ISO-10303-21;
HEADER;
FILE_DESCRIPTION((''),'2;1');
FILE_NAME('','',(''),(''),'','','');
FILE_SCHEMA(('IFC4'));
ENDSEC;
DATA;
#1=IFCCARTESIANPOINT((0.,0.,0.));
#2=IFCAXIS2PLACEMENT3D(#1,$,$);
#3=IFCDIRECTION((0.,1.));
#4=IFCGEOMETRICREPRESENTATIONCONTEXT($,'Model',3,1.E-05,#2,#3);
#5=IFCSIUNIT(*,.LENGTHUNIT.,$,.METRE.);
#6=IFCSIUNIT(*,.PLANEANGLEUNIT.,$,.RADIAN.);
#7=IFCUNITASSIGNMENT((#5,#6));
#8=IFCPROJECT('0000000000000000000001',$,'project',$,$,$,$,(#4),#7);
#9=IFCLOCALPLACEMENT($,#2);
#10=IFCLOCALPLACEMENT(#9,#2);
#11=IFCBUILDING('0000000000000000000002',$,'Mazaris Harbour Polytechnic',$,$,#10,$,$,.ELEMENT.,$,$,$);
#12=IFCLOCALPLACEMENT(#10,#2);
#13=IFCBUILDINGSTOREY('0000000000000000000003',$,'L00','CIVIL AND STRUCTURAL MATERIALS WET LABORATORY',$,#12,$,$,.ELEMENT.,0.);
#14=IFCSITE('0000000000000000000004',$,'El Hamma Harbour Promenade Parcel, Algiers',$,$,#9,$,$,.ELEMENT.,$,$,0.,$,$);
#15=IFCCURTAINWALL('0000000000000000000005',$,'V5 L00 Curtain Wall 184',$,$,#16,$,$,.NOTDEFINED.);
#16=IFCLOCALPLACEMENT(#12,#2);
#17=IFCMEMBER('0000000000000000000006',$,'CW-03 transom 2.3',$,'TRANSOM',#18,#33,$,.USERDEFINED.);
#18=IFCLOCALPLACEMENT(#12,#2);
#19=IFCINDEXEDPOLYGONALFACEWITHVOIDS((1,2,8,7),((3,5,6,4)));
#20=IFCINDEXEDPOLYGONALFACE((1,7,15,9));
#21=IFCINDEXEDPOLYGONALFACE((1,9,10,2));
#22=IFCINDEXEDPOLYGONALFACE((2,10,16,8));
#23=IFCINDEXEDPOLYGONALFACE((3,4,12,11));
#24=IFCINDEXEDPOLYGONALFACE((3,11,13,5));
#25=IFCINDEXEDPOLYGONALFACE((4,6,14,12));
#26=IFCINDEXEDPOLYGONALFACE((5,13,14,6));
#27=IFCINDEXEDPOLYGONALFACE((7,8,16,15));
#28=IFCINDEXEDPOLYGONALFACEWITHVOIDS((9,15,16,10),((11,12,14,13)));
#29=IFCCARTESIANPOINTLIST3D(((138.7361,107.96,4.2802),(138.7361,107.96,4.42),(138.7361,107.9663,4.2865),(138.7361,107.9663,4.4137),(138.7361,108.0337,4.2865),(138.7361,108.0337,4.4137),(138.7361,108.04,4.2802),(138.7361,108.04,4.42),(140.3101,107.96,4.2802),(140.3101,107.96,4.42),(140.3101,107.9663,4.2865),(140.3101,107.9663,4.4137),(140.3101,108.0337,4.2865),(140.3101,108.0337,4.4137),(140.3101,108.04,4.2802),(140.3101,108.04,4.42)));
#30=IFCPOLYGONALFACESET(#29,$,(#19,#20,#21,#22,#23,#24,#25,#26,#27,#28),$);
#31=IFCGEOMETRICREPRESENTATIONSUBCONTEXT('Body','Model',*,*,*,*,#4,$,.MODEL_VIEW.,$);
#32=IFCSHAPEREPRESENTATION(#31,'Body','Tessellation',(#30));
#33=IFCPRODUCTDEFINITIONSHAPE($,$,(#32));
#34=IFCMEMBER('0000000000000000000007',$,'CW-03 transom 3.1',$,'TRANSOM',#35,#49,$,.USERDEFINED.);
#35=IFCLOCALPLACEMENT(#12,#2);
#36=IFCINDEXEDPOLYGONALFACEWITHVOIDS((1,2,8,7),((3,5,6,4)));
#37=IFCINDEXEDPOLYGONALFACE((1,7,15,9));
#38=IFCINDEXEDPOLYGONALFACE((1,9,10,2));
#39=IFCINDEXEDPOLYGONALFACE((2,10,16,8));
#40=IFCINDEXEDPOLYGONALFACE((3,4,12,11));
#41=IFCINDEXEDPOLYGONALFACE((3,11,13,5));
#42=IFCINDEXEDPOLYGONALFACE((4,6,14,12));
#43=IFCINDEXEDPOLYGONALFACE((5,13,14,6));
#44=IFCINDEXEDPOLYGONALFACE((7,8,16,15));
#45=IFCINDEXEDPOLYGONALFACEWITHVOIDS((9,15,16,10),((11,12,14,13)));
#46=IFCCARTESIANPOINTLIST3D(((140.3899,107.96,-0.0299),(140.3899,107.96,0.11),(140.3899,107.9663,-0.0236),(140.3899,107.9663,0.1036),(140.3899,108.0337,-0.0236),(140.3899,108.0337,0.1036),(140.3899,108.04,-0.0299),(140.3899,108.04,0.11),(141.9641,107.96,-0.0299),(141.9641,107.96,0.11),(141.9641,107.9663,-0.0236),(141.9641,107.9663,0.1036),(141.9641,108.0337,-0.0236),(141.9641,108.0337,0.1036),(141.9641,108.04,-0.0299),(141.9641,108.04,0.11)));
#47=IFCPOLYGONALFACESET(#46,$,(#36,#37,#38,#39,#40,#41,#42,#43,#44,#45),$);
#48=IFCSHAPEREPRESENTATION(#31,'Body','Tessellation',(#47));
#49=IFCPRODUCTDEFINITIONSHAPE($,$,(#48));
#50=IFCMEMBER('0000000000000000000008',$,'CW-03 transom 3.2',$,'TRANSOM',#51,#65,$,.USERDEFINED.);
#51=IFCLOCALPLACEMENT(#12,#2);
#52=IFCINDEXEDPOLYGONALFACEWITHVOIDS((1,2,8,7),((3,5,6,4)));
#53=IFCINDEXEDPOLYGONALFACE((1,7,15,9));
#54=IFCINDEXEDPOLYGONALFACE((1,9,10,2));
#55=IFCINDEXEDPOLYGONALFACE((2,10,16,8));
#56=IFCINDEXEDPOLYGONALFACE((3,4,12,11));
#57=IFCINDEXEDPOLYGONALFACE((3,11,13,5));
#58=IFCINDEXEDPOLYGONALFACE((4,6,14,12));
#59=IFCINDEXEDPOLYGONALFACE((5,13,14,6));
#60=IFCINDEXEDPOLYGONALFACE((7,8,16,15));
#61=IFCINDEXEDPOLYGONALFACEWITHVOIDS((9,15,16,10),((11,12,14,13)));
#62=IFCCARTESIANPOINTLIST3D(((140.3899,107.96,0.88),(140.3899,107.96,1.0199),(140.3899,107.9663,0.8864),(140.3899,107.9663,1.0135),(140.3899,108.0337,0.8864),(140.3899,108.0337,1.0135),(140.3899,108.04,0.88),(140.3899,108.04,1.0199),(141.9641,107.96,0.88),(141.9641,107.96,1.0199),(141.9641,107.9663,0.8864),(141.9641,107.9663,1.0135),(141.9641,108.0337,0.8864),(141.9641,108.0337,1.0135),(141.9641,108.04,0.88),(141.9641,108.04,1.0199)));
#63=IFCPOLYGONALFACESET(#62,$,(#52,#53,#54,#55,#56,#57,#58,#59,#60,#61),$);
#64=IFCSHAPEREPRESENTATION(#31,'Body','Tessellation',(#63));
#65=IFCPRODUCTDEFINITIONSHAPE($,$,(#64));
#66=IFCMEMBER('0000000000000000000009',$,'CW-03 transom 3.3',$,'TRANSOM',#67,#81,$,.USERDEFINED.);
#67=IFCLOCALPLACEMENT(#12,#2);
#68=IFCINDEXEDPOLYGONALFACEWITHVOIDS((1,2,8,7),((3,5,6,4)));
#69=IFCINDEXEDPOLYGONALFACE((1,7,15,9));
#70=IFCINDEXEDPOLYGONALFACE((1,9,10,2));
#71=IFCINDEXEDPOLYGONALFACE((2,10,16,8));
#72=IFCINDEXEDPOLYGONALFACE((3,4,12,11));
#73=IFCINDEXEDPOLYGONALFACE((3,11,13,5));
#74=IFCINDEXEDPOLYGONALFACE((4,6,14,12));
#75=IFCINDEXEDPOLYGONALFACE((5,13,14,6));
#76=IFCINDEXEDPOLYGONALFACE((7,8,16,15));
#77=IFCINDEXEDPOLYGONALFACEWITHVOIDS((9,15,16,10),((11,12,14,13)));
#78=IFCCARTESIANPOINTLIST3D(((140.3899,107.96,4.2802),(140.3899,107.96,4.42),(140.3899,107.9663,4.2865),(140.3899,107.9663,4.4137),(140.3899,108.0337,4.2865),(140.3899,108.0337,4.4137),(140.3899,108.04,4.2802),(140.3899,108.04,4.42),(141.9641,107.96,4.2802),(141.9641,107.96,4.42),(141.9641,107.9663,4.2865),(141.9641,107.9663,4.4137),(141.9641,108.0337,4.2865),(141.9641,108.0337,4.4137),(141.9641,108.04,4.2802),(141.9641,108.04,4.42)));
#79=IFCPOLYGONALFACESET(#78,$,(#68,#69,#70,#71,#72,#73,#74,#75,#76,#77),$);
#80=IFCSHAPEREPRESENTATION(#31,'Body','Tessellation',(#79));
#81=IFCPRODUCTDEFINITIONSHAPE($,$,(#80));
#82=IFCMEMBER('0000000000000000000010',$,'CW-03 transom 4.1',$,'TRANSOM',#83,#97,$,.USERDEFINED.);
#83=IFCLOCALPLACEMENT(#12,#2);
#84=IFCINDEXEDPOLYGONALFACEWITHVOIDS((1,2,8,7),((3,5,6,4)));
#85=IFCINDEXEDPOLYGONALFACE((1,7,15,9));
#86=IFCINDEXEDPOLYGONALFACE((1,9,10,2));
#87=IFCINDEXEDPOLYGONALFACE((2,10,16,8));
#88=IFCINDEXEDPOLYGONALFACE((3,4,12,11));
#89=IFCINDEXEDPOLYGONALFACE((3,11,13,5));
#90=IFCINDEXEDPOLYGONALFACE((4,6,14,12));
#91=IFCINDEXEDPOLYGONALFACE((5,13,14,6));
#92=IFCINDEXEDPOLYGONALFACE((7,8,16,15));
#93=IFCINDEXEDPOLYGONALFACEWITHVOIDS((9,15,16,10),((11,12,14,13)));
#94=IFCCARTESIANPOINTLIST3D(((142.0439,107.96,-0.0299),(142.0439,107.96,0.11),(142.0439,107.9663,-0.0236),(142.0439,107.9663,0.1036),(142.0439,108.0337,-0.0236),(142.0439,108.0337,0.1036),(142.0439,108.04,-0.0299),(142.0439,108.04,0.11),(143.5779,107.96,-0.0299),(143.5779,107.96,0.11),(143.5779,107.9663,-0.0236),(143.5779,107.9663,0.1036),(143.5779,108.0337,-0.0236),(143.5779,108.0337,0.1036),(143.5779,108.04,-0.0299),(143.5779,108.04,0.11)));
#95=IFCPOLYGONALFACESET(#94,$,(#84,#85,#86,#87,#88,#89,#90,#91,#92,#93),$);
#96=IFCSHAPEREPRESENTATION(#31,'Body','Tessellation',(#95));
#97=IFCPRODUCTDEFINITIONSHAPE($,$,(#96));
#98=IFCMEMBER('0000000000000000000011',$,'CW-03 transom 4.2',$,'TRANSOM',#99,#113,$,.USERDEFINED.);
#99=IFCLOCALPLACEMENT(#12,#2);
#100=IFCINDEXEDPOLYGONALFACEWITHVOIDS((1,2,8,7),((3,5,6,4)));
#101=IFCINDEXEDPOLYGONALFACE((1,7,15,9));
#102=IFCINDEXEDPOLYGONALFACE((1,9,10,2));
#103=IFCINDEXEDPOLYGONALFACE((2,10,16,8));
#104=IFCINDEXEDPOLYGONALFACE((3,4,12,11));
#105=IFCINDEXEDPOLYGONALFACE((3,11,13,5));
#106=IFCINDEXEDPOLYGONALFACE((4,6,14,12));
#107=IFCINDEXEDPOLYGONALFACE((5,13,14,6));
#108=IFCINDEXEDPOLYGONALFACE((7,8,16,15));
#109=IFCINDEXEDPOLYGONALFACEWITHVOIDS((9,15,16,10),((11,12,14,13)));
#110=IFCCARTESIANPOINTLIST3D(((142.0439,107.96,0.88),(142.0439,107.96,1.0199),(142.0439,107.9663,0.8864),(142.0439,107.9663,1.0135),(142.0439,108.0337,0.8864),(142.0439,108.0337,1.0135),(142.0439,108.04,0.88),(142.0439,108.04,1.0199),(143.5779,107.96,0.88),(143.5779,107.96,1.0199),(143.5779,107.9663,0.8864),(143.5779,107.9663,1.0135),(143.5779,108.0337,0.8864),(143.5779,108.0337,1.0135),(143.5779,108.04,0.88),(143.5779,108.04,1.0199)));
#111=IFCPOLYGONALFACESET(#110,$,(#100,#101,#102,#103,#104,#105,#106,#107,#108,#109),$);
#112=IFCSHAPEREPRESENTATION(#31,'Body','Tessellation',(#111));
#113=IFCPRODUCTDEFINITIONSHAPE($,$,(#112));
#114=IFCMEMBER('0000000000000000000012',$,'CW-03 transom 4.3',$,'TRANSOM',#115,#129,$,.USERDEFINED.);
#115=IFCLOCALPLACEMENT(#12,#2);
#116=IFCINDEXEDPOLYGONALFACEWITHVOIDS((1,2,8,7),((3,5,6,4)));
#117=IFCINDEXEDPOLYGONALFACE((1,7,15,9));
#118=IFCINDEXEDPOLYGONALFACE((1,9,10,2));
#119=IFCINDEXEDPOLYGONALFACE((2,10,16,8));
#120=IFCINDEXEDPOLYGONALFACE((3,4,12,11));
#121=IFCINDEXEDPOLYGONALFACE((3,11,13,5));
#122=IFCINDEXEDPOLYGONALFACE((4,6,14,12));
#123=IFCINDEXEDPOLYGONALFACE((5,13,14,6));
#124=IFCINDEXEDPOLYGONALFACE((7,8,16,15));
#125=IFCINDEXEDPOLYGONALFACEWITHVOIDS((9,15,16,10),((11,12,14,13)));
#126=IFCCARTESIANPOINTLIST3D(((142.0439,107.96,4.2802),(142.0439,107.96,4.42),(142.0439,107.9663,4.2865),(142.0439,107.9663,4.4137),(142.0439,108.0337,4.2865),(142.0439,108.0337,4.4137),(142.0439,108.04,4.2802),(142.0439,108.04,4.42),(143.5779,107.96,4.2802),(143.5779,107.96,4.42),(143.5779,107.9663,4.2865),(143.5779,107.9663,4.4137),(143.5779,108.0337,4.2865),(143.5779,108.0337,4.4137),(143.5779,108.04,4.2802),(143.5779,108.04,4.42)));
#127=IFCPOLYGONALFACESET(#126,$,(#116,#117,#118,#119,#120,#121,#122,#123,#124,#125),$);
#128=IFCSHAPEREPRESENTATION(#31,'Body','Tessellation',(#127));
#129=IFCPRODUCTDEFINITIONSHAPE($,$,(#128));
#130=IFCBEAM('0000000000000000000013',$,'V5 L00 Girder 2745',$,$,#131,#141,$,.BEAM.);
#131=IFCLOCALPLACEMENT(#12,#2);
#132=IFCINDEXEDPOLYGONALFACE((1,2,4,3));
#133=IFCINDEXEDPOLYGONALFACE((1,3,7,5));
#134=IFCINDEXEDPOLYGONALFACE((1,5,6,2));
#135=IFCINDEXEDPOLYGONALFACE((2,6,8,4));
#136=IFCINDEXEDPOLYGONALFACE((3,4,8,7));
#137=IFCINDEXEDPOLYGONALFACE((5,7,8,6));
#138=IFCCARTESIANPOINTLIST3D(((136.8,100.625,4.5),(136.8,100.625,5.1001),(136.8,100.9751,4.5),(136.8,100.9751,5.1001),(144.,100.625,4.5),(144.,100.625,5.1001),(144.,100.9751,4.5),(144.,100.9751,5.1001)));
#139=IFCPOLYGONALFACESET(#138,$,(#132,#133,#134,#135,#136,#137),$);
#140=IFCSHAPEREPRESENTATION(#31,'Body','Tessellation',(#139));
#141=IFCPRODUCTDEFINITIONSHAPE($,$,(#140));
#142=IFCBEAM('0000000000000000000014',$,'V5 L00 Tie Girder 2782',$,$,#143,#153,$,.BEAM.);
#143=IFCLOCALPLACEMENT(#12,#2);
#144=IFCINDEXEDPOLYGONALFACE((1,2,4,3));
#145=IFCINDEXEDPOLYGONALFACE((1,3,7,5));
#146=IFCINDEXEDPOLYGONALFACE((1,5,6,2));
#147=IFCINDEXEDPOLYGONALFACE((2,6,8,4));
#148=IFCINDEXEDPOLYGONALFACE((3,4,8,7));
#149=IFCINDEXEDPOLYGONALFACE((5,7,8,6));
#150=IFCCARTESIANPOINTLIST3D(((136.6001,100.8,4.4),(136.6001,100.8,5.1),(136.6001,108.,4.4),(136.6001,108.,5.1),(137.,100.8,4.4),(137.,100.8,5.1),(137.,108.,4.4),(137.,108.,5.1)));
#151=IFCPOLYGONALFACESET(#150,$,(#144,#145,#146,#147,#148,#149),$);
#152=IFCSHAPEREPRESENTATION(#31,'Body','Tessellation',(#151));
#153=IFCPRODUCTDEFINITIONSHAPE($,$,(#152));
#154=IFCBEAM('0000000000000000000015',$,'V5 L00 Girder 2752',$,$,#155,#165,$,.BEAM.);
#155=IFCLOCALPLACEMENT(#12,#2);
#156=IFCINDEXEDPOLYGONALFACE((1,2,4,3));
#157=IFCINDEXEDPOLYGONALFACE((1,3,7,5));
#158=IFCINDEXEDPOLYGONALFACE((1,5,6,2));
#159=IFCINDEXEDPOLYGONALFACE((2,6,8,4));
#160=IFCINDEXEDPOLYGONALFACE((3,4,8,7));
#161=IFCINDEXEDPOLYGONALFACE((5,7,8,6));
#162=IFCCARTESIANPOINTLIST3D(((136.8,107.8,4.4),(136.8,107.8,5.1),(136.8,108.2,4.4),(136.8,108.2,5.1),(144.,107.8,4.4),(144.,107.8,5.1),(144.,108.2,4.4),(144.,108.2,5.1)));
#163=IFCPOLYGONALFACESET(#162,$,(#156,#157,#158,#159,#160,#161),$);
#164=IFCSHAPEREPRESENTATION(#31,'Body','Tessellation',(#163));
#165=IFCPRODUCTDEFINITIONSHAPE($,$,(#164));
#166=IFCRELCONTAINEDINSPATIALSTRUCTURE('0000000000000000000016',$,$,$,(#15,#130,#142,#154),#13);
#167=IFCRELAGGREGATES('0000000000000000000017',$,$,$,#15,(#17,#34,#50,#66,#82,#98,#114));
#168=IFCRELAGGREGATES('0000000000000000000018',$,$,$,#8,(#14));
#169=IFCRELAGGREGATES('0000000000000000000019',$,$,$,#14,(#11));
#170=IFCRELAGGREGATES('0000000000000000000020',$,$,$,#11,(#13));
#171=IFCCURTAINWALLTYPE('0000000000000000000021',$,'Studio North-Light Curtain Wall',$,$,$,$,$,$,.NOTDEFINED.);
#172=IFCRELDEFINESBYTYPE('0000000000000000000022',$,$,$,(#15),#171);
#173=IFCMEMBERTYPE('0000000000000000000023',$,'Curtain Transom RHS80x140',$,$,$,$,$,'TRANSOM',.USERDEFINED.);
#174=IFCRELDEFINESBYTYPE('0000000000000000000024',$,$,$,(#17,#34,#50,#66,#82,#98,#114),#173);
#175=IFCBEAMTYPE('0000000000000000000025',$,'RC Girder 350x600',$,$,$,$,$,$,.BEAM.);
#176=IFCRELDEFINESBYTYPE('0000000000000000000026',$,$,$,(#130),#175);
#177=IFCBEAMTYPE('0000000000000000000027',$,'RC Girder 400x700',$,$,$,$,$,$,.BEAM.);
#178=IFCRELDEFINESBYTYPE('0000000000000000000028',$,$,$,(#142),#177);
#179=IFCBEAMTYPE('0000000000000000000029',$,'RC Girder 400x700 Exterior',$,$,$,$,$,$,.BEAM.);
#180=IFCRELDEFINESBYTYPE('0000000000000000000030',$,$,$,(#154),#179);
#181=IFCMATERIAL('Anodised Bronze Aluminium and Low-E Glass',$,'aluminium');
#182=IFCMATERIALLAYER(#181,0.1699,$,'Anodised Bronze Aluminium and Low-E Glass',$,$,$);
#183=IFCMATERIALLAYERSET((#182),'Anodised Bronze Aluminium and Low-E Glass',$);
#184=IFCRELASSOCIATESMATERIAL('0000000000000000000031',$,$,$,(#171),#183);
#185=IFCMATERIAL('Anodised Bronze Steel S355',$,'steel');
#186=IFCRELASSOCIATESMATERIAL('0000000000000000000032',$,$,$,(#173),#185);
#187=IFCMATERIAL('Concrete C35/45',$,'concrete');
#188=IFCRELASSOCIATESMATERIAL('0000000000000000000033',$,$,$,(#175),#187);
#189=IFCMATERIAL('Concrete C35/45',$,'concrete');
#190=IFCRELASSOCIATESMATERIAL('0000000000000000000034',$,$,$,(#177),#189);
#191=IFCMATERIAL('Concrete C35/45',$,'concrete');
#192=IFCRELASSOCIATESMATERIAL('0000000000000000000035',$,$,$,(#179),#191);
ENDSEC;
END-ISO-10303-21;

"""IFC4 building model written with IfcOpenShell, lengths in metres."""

from ifc_helpers import new_model, si_unit, direction, frame, origin, origin_2d, place, context, subcontext, project, spatial, rectangle, hollow_rectangle, extrude, material, layer, layer_set, material_profile, profile_set, type_object, element, aggregate, save


model = new_model("IFC4")

# Units and contexts
model_context = context("Model", 3, precision=1e-05, world=origin(), true_north=direction((0.0, 1.0)))
body_context = subcontext(model_context, "Body", "Model", "MODEL_VIEW")
ifc_project = project(units=[si_unit("LENGTHUNIT", "METRE"), si_unit("PLANEANGLEUNIT", "RADIAN")], contexts=[model_context])

# Site, building, storey
site_placement = place(None, origin())
site = spatial("IfcSite", under=ifc_project, at=site_placement, Name="El Hamma Harbour Promenade Parcel, Algiers", CompositionType="ELEMENT", RefElevation=0.0)
building_placement = place(site_placement, origin())
building = spatial("IfcBuilding", under=site, at=building_placement, Name="Mazaris Harbour Polytechnic", CompositionType="ELEMENT")
storey_placement = place(building_placement, origin())
storey = spatial("IfcBuildingStorey", under=building, at=storey_placement, Name="L00", Description="CIVIL AND STRUCTURAL MATERIALS WET LABORATORY", CompositionType="ELEMENT", Elevation=0.0)

# Curtain wall, members
ifc_material_1 = material(Name="Anodised Bronze Aluminium and Low-E Glass", Category="aluminium")
ifc_layer_1 = layer(ifc_material_1, 0.1699, Name="Anodised Bronze Aluminium and Low-E Glass")
ifc_layer_set_1 = layer_set([ifc_layer_1], Name="Anodised Bronze Aluminium and Low-E Glass")
curtain_wall_type = type_object("IfcCurtainWallType", Name="Studio North-Light Curtain Wall", PredefinedType="NOTDEFINED", material=ifc_layer_set_1)
curtain_wall_placement = place(storey_placement, origin())
curtain_wall = element("IfcCurtainWall", 1, at=curtain_wall_placement, inside=storey, type_object=curtain_wall_type, Name="V5 L00 Curtain Wall 184", PredefinedType="NOTDEFINED")
ifc_material_2 = material(Name="Anodised Bronze Steel S355", Category="steel")
ifc_material_profile_1 = material_profile(ifc_material_2, hollow_rectangle(XDim=0.0801, YDim=0.1399, WallThickness=0.0063, at=origin_2d()), Name="RHS 80x140x6.3")
ifc_profile_set_1 = profile_set([ifc_material_profile_1], Name="Anodised Bronze Steel S355")
member_type_1 = type_object("IfcMemberType", Name="Curtain Transom RHS80x140", ElementType="TRANSOM", PredefinedType="USERDEFINED", material=ifc_profile_set_1)
member_1_placement = place(storey_placement, frame((138.7361, 108.0, 4.3501), z_axis=(1.0, 0.0, 0.0), x_axis=(0.0, 1.0, 0.0)))
member_1 = element("IfcMember", 2, at=member_1_placement, type_object=member_type_1, Name="CW-03 transom 2.3", ObjectType="TRANSOM", PredefinedType="USERDEFINED", context=body_context, shape_type="SweptSolid", body=[
    extrude(hollow_rectangle(XDim=0.0801, YDim=0.1399, WallThickness=0.0063, at=origin_2d()), origin(), (0.0, 0.0, 1.0), 1.574),
])
member_2_placement = place(storey_placement, frame((140.3899, 108.0, 0.04), z_axis=(1.0, 0.0, 0.0), x_axis=(0.0, 1.0, 0.0)))
member_2 = element("IfcMember", 3, at=member_2_placement, type_object=member_type_1, Name="CW-03 transom 3.1", ObjectType="TRANSOM", PredefinedType="USERDEFINED", context=body_context, shape_type="SweptSolid", body=[
    extrude(hollow_rectangle(XDim=0.0801, YDim=0.1399, WallThickness=0.0063, at=origin_2d()), origin(), (0.0, 0.0, 1.0), 1.5742),
])
member_3_placement = place(storey_placement, frame((140.3899, 108.0, 0.95), z_axis=(1.0, 0.0, 0.0), x_axis=(0.0, 1.0, 0.0)))
member_3 = element("IfcMember", 4, at=member_3_placement, type_object=member_type_1, Name="CW-03 transom 3.2", ObjectType="TRANSOM", PredefinedType="USERDEFINED", context=body_context, shape_type="SweptSolid", body=[
    extrude(hollow_rectangle(XDim=0.0801, YDim=0.1399, WallThickness=0.0063, at=origin_2d()), origin(), (0.0, 0.0, 1.0), 1.5742),
])
member_4_placement = place(storey_placement, frame((140.3899, 108.0, 4.3501), z_axis=(1.0, 0.0, 0.0), x_axis=(0.0, 1.0, 0.0)))
member_4 = element("IfcMember", 5, at=member_4_placement, type_object=member_type_1, Name="CW-03 transom 3.3", ObjectType="TRANSOM", PredefinedType="USERDEFINED", context=body_context, shape_type="SweptSolid", body=[
    extrude(hollow_rectangle(XDim=0.0801, YDim=0.1399, WallThickness=0.0063, at=origin_2d()), origin(), (0.0, 0.0, 1.0), 1.5742),
])
member_5_placement = place(storey_placement, frame((142.0439, 108.0, 0.04), z_axis=(1.0, 0.0, 0.0), x_axis=(0.0, 1.0, 0.0)))
member_5 = element("IfcMember", 6, at=member_5_placement, type_object=member_type_1, Name="CW-03 transom 4.1", ObjectType="TRANSOM", PredefinedType="USERDEFINED", context=body_context, shape_type="SweptSolid", body=[
    extrude(hollow_rectangle(XDim=0.0801, YDim=0.1399, WallThickness=0.0063, at=origin_2d()), origin(), (0.0, 0.0, 1.0), 1.5339),
])
member_6_placement = place(storey_placement, frame((142.0439, 108.0, 0.95), z_axis=(1.0, 0.0, 0.0), x_axis=(0.0, 1.0, 0.0)))
member_6 = element("IfcMember", 7, at=member_6_placement, type_object=member_type_1, Name="CW-03 transom 4.2", ObjectType="TRANSOM", PredefinedType="USERDEFINED", context=body_context, shape_type="SweptSolid", body=[
    extrude(hollow_rectangle(XDim=0.0801, YDim=0.1399, WallThickness=0.0063, at=origin_2d()), origin(), (0.0, 0.0, 1.0), 1.5339),
])
member_7_placement = place(storey_placement, frame((142.0439, 108.0, 4.3501), z_axis=(1.0, 0.0, 0.0), x_axis=(0.0, 1.0, 0.0)))
member_7 = element("IfcMember", 8, at=member_7_placement, type_object=member_type_1, Name="CW-03 transom 4.3", ObjectType="TRANSOM", PredefinedType="USERDEFINED", context=body_context, shape_type="SweptSolid", body=[
    extrude(hollow_rectangle(XDim=0.0801, YDim=0.1399, WallThickness=0.0063, at=origin_2d()), origin(), (0.0, 0.0, 1.0), 1.5339),
])

# Beams
ifc_material_3 = material(Name="Concrete C35/45", Category="concrete")
ifc_material_profile_2 = material_profile(ifc_material_3, rectangle(XDim=0.3501, YDim=0.6001, at=origin_2d()), Name="RECT350x600")
ifc_profile_set_2 = profile_set([ifc_material_profile_2], Name="Concrete C35/45")
beam_type_1 = type_object("IfcBeamType", Name="RC Girder 350x600", PredefinedType="BEAM", material=ifc_profile_set_2)
beam_1_placement = place(storey_placement, frame((136.8, 100.8, 4.8), z_axis=(1.0, 0.0, 0.0), x_axis=(0.0, 1.0, 0.0)))
element("IfcBeam", 9, at=beam_1_placement, inside=storey, type_object=beam_type_1, Name="V5 L00 Girder 2745", PredefinedType="BEAM", context=body_context, shape_type="SweptSolid", body=[
    extrude(rectangle(XDim=0.3501, YDim=0.6001, at=origin_2d()), origin(), (0.0, 0.0, 1.0), 7.2),
])
ifc_material_4 = material(Name="Concrete C35/45", Category="concrete")
ifc_material_profile_3 = material_profile(ifc_material_4, rectangle(XDim=0.3999, YDim=0.7, at=origin_2d()), Name="RECT400x700")
ifc_profile_set_3 = profile_set([ifc_material_profile_3], Name="Concrete C35/45")
beam_type_2 = type_object("IfcBeamType", Name="RC Girder 400x700", PredefinedType="BEAM", material=ifc_profile_set_3)
beam_2_placement = place(storey_placement, frame((136.8, 100.8, 4.75), z_axis=(0.0, 1.0, 0.0), x_axis=(-1.0, 0.0, 0.0)))
element("IfcBeam", 10, at=beam_2_placement, inside=storey, type_object=beam_type_2, Name="V5 L00 Tie Girder 2782", PredefinedType="BEAM", context=body_context, shape_type="SweptSolid", body=[
    extrude(rectangle(XDim=0.3999, YDim=0.7, at=origin_2d()), origin(), (0.0, 0.0, 1.0), 7.2),
])
ifc_material_5 = material(Name="Concrete C35/45", Category="concrete")
ifc_material_profile_4 = material_profile(ifc_material_5, rectangle(XDim=0.3999, YDim=0.7, at=origin_2d()), Name="RECT400x700")
ifc_profile_set_4 = profile_set([ifc_material_profile_4], Name="Concrete C35/45")
beam_type_3 = type_object("IfcBeamType", Name="RC Girder 400x700 Exterior", PredefinedType="BEAM", material=ifc_profile_set_4)
beam_3_placement = place(storey_placement, frame((136.8, 108.0, 4.75), z_axis=(1.0, 0.0, 0.0), x_axis=(0.0, 1.0, 0.0)))
element("IfcBeam", 11, at=beam_3_placement, inside=storey, type_object=beam_type_3, Name="V5 L00 Girder 2752", PredefinedType="BEAM", context=body_context, shape_type="SweptSolid", body=[
    extrude(rectangle(XDim=0.3999, YDim=0.7, at=origin_2d()), origin(), (0.0, 0.0, 1.0), 7.2),
])

aggregate(curtain_wall, [member_1, member_2, member_3, member_4, member_5, member_6, member_7])

save(model, "model.ifc")
